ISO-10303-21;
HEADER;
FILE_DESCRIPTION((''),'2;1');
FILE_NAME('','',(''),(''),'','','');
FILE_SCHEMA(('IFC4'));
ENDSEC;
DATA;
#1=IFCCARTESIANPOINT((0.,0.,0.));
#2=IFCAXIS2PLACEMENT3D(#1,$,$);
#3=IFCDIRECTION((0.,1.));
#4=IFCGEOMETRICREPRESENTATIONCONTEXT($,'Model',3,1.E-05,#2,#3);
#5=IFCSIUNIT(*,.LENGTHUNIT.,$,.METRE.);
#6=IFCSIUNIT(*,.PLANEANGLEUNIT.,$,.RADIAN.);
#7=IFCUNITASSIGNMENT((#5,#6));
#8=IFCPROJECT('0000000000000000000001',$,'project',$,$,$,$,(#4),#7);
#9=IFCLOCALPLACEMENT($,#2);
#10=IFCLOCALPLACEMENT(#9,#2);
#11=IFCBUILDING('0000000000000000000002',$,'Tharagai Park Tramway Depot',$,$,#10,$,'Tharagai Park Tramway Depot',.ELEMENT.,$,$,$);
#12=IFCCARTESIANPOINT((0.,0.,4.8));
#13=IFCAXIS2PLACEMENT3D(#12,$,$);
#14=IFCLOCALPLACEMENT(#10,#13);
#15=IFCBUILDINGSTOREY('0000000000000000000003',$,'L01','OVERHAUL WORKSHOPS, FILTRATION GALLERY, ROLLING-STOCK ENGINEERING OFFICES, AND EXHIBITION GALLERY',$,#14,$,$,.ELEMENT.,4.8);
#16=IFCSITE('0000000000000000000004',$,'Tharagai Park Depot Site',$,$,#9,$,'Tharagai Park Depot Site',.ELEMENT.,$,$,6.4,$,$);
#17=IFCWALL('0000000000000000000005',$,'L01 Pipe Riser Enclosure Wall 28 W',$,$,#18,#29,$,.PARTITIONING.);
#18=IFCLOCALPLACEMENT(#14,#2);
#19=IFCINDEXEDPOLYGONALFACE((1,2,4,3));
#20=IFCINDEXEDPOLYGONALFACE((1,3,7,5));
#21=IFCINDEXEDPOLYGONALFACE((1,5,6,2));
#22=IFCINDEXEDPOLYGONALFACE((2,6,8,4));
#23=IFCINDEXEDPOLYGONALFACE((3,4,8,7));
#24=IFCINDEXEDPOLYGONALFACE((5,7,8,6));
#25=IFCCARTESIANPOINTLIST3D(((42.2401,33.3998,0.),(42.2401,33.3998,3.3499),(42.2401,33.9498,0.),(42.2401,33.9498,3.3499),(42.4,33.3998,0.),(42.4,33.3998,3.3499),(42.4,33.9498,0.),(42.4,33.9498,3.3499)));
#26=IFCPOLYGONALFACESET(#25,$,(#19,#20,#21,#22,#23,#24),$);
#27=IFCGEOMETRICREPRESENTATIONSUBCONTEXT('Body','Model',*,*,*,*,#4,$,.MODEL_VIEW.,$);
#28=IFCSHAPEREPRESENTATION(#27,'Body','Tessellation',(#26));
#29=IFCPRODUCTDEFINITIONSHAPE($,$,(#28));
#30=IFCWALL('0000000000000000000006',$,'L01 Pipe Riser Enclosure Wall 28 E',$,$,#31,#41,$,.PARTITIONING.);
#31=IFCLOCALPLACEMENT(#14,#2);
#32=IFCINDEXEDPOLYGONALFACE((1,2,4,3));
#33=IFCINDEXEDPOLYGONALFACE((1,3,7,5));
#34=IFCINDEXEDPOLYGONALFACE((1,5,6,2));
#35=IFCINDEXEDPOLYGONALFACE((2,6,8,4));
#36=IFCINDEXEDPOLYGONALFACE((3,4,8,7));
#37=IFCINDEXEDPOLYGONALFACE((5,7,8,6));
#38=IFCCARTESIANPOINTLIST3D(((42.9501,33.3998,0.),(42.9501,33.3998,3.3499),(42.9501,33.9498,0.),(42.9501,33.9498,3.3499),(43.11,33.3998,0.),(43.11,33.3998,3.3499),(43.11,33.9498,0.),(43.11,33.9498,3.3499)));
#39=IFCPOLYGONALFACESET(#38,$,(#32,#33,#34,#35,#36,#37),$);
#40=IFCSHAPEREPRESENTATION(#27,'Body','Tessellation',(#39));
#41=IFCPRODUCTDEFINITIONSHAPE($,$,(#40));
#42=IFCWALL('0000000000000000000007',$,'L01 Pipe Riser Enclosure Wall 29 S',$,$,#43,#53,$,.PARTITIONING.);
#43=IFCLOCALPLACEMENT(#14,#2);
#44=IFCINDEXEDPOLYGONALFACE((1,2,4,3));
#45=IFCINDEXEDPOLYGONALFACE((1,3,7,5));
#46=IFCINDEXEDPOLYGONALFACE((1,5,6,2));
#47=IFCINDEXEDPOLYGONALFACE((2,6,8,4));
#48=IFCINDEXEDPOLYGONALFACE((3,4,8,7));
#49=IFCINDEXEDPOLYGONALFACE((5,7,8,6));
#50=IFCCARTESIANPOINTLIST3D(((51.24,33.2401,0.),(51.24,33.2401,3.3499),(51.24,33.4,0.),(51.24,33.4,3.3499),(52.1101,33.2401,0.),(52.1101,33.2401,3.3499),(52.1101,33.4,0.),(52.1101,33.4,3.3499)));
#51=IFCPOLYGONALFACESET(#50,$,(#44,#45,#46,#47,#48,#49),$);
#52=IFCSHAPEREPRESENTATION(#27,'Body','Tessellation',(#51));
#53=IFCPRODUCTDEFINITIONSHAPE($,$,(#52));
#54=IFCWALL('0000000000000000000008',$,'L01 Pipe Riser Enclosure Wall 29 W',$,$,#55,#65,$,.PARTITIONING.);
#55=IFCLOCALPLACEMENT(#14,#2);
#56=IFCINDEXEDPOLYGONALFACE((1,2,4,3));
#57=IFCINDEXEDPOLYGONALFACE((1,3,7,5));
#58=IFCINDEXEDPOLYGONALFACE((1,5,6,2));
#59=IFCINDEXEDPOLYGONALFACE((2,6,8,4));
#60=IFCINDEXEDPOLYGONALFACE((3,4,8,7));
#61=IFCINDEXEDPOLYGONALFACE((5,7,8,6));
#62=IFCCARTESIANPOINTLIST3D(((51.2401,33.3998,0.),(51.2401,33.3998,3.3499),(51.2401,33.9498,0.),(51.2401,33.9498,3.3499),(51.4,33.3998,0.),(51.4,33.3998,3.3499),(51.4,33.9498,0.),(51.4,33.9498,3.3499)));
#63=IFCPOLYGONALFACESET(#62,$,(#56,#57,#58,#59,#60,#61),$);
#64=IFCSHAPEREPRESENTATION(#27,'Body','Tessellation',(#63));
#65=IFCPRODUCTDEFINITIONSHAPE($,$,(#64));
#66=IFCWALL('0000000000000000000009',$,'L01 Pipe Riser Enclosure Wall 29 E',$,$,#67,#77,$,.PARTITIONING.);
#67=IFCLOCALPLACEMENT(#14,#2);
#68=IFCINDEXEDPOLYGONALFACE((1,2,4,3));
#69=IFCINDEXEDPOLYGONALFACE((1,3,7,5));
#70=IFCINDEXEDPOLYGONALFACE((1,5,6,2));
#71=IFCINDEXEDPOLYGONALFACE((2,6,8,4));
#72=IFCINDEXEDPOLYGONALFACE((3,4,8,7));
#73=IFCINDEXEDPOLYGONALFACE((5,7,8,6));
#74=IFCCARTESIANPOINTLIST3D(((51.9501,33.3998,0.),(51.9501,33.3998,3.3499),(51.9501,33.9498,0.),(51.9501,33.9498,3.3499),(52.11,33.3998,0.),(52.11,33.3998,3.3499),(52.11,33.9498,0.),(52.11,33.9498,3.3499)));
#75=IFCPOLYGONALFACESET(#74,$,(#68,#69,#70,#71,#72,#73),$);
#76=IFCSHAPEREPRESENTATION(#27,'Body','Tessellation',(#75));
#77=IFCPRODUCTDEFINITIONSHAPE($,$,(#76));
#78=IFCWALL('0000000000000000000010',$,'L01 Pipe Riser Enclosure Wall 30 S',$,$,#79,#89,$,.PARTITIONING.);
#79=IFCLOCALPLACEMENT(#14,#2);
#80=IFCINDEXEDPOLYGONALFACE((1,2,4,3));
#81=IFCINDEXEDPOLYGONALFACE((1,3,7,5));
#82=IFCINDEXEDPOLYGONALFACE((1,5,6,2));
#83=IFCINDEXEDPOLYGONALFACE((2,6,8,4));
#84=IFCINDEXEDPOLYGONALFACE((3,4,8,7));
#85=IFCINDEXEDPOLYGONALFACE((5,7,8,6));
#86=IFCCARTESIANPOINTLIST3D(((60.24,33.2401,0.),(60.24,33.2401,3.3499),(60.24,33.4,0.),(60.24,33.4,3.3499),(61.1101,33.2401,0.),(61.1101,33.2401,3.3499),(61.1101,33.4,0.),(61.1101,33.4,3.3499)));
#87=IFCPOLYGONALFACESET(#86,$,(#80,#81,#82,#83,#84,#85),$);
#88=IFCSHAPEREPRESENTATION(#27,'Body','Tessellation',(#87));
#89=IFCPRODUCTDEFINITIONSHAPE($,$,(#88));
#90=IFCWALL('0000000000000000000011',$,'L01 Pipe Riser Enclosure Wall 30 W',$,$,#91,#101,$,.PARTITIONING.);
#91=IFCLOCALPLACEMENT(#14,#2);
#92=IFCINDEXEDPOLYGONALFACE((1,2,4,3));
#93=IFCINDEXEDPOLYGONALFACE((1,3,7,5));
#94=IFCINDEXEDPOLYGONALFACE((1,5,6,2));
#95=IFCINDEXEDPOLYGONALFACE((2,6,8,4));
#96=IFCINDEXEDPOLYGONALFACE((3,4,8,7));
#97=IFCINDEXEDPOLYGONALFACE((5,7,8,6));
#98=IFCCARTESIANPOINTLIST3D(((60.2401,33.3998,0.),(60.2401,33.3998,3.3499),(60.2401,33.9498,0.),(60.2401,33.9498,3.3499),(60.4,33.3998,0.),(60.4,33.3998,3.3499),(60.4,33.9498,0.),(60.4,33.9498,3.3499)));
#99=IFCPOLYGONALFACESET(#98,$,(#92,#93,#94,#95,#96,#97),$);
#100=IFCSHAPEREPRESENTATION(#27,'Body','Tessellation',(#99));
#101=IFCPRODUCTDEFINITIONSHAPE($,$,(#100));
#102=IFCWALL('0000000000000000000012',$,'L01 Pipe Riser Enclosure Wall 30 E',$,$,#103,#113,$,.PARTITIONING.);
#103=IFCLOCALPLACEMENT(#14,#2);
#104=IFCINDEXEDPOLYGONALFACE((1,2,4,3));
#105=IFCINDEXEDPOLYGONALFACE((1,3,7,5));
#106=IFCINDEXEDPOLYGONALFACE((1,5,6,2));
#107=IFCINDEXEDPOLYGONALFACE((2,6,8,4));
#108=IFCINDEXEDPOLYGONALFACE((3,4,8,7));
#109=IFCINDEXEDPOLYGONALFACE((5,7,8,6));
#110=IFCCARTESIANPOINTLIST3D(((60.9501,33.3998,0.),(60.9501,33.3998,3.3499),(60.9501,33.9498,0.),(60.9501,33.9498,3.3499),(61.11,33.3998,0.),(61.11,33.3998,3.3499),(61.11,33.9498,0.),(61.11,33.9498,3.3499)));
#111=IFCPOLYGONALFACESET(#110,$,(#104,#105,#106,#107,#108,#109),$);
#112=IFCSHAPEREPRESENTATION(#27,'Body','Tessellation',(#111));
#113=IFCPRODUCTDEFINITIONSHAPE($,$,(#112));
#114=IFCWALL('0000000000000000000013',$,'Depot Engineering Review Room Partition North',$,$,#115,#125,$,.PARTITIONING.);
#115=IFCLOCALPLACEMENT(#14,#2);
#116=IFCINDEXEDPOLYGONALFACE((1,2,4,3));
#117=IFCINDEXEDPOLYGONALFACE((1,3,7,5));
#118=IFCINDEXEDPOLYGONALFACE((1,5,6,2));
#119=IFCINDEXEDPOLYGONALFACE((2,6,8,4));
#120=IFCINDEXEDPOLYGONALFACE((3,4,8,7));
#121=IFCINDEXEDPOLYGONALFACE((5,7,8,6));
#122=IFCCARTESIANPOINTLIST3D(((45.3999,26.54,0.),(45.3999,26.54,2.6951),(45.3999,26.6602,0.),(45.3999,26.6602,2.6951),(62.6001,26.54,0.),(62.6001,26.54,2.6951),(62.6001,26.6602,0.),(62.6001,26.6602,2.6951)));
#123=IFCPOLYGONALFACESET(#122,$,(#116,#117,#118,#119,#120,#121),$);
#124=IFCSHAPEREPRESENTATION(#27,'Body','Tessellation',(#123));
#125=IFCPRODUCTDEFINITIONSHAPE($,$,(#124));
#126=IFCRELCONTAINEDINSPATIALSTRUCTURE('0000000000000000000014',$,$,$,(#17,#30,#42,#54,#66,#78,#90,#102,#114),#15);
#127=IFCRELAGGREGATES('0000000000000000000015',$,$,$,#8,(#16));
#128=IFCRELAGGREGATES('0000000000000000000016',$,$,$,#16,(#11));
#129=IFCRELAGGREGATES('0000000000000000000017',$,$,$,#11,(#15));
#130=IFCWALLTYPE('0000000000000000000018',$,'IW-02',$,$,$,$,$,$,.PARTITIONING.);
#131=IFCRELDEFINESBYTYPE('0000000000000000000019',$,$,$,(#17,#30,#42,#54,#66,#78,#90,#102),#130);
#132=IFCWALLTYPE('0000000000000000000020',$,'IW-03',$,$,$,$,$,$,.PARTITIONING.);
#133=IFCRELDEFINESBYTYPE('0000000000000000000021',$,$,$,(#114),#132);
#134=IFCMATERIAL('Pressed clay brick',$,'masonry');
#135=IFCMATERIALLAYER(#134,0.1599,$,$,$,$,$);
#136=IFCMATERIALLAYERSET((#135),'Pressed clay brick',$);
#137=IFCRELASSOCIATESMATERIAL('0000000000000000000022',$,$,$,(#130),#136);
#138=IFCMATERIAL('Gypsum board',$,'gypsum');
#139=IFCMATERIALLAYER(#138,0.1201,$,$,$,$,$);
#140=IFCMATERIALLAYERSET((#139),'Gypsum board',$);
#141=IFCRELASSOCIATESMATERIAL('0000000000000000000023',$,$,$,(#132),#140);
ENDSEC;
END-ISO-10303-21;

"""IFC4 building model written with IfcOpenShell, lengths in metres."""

from ifc_helpers import new_model, si_unit, direction, frame, frame_2d, origin, place, context, subcontext, project, spatial, rectangle, extrude, material, layer, layer_set, type_object, element, save


model = new_model("IFC4")

# Units and contexts
model_context = context("Model", 3, precision=1e-05, world=origin(), true_north=direction((0.0, 1.0)))
body_context = subcontext(model_context, "Body", "Model", "MODEL_VIEW")
ifc_project = project(units=[si_unit("LENGTHUNIT", "METRE"), si_unit("PLANEANGLEUNIT", "RADIAN")], contexts=[model_context])

# Site, building, storey
site_placement = place(None, origin())
site = spatial("IfcSite", under=ifc_project, at=site_placement, Name="Tharagai Park Depot Site", LongName="Tharagai Park Depot Site", CompositionType="ELEMENT", RefElevation=6.4)
building_placement = place(site_placement, origin())
building = spatial("IfcBuilding", under=site, at=building_placement, Name="Tharagai Park Tramway Depot", LongName="Tharagai Park Tramway Depot", CompositionType="ELEMENT")
storey_placement = place(building_placement, frame((0.0, 0.0, 4.8)))
storey = spatial("IfcBuildingStorey", under=building, at=storey_placement, Name="L01", Description="OVERHAUL WORKSHOPS, FILTRATION GALLERY, ROLLING-STOCK ENGINEERING OFFICES, AND EXHIBITION GALLERY", CompositionType="ELEMENT", Elevation=4.8)

# Walls
ifc_material_1 = material(Name="Pressed clay brick", Category="masonry")
ifc_layer_1 = layer(ifc_material_1, 0.1599)
ifc_layer_set_1 = layer_set([ifc_layer_1], Name="Pressed clay brick")
wall_type_1 = type_object("IfcWallType", Name="IW-02", PredefinedType="PARTITIONING", material=ifc_layer_set_1)
for number, where, z_axis, x_axis, name in (
    (1, (42.3201, 33.3999, 0.0), (0.0, 0.0, 1.0), (0.0, 1.0, 0.0), "L01 Pipe Riser Enclosure Wall 28 W"),
    (2, (43.03, 33.3999, 0.0), (0.0, 0.0, 1.0), (0.0, 1.0, 0.0), "L01 Pipe Riser Enclosure Wall 28 E"),
):
    element("IfcWall", number, at=place(storey_placement, frame(where, z_axis=z_axis, x_axis=x_axis)), inside=storey, type_object=wall_type_1, Name=name, PredefinedType="PARTITIONING", context=body_context, shape_type="SweptSolid", body=[
        extrude(rectangle(XDim=0.55, YDim=0.1599, at=frame_2d((0.2749, 0.0))), origin(), (0.0, 0.0, 1.0), 3.3499),
    ])
wall_1_placement = place(storey_placement, frame((51.24, 33.3201, 0.0), z_axis=(0.0, 0.0, 1.0), x_axis=(1.0, 0.0, 0.0)))
element("IfcWall", 3, at=wall_1_placement, inside=storey, type_object=wall_type_1, Name="L01 Pipe Riser Enclosure Wall 29 S", PredefinedType="PARTITIONING", context=body_context, shape_type="SweptSolid", body=[
    extrude(rectangle(XDim=0.8701, YDim=0.1599, at=frame_2d((0.4351, 0.0))), origin(), (0.0, 0.0, 1.0), 3.3499),
])
for number, where, z_axis, x_axis, name in (
    (4, (51.3201, 33.3999, 0.0), (0.0, 0.0, 1.0), (0.0, 1.0, 0.0), "L01 Pipe Riser Enclosure Wall 29 W"),
    (5, (52.03, 33.3999, 0.0), (0.0, 0.0, 1.0), (0.0, 1.0, 0.0), "L01 Pipe Riser Enclosure Wall 29 E"),
):
    element("IfcWall", number, at=place(storey_placement, frame(where, z_axis=z_axis, x_axis=x_axis)), inside=storey, type_object=wall_type_1, Name=name, PredefinedType="PARTITIONING", context=body_context, shape_type="SweptSolid", body=[
        extrude(rectangle(XDim=0.55, YDim=0.1599, at=frame_2d((0.2749, 0.0))), origin(), (0.0, 0.0, 1.0), 3.3499),
    ])
wall_2_placement = place(storey_placement, frame((60.24, 33.3201, 0.0), z_axis=(0.0, 0.0, 1.0), x_axis=(1.0, 0.0, 0.0)))
element("IfcWall", 6, at=wall_2_placement, inside=storey, type_object=wall_type_1, Name="L01 Pipe Riser Enclosure Wall 30 S", PredefinedType="PARTITIONING", context=body_context, shape_type="SweptSolid", body=[
    extrude(rectangle(XDim=0.8701, YDim=0.1599, at=frame_2d((0.4351, 0.0))), origin(), (0.0, 0.0, 1.0), 3.3499),
])
for number, where, z_axis, x_axis, name in (
    (7, (60.3201, 33.3999, 0.0), (0.0, 0.0, 1.0), (0.0, 1.0, 0.0), "L01 Pipe Riser Enclosure Wall 30 W"),
    (8, (61.03, 33.3999, 0.0), (0.0, 0.0, 1.0), (0.0, 1.0, 0.0), "L01 Pipe Riser Enclosure Wall 30 E"),
):
    element("IfcWall", number, at=place(storey_placement, frame(where, z_axis=z_axis, x_axis=x_axis)), inside=storey, type_object=wall_type_1, Name=name, PredefinedType="PARTITIONING", context=body_context, shape_type="SweptSolid", body=[
        extrude(rectangle(XDim=0.55, YDim=0.1599, at=frame_2d((0.2749, 0.0))), origin(), (0.0, 0.0, 1.0), 3.3499),
    ])
ifc_material_2 = material(Name="Gypsum board", Category="gypsum")
ifc_layer_2 = layer(ifc_material_2, 0.1201)
ifc_layer_set_2 = layer_set([ifc_layer_2], Name="Gypsum board")
wall_type_2 = type_object("IfcWallType", Name="IW-03", PredefinedType="PARTITIONING", material=ifc_layer_set_2)
wall_3_placement = place(storey_placement, frame((45.3999, 26.6001, 0.0), z_axis=(0.0, 0.0, 1.0), x_axis=(1.0, 0.0, 0.0)))
element("IfcWall", 9, at=wall_3_placement, inside=storey, type_object=wall_type_2, Name="Depot Engineering Review Room Partition North", PredefinedType="PARTITIONING", context=body_context, shape_type="SweptSolid", body=[
    extrude(rectangle(XDim=17.2002, YDim=0.1201, at=frame_2d((8.6001, 0.0))), origin(), (0.0, 0.0, 1.0), 2.6951),
])

save(model, "model.ifc")
